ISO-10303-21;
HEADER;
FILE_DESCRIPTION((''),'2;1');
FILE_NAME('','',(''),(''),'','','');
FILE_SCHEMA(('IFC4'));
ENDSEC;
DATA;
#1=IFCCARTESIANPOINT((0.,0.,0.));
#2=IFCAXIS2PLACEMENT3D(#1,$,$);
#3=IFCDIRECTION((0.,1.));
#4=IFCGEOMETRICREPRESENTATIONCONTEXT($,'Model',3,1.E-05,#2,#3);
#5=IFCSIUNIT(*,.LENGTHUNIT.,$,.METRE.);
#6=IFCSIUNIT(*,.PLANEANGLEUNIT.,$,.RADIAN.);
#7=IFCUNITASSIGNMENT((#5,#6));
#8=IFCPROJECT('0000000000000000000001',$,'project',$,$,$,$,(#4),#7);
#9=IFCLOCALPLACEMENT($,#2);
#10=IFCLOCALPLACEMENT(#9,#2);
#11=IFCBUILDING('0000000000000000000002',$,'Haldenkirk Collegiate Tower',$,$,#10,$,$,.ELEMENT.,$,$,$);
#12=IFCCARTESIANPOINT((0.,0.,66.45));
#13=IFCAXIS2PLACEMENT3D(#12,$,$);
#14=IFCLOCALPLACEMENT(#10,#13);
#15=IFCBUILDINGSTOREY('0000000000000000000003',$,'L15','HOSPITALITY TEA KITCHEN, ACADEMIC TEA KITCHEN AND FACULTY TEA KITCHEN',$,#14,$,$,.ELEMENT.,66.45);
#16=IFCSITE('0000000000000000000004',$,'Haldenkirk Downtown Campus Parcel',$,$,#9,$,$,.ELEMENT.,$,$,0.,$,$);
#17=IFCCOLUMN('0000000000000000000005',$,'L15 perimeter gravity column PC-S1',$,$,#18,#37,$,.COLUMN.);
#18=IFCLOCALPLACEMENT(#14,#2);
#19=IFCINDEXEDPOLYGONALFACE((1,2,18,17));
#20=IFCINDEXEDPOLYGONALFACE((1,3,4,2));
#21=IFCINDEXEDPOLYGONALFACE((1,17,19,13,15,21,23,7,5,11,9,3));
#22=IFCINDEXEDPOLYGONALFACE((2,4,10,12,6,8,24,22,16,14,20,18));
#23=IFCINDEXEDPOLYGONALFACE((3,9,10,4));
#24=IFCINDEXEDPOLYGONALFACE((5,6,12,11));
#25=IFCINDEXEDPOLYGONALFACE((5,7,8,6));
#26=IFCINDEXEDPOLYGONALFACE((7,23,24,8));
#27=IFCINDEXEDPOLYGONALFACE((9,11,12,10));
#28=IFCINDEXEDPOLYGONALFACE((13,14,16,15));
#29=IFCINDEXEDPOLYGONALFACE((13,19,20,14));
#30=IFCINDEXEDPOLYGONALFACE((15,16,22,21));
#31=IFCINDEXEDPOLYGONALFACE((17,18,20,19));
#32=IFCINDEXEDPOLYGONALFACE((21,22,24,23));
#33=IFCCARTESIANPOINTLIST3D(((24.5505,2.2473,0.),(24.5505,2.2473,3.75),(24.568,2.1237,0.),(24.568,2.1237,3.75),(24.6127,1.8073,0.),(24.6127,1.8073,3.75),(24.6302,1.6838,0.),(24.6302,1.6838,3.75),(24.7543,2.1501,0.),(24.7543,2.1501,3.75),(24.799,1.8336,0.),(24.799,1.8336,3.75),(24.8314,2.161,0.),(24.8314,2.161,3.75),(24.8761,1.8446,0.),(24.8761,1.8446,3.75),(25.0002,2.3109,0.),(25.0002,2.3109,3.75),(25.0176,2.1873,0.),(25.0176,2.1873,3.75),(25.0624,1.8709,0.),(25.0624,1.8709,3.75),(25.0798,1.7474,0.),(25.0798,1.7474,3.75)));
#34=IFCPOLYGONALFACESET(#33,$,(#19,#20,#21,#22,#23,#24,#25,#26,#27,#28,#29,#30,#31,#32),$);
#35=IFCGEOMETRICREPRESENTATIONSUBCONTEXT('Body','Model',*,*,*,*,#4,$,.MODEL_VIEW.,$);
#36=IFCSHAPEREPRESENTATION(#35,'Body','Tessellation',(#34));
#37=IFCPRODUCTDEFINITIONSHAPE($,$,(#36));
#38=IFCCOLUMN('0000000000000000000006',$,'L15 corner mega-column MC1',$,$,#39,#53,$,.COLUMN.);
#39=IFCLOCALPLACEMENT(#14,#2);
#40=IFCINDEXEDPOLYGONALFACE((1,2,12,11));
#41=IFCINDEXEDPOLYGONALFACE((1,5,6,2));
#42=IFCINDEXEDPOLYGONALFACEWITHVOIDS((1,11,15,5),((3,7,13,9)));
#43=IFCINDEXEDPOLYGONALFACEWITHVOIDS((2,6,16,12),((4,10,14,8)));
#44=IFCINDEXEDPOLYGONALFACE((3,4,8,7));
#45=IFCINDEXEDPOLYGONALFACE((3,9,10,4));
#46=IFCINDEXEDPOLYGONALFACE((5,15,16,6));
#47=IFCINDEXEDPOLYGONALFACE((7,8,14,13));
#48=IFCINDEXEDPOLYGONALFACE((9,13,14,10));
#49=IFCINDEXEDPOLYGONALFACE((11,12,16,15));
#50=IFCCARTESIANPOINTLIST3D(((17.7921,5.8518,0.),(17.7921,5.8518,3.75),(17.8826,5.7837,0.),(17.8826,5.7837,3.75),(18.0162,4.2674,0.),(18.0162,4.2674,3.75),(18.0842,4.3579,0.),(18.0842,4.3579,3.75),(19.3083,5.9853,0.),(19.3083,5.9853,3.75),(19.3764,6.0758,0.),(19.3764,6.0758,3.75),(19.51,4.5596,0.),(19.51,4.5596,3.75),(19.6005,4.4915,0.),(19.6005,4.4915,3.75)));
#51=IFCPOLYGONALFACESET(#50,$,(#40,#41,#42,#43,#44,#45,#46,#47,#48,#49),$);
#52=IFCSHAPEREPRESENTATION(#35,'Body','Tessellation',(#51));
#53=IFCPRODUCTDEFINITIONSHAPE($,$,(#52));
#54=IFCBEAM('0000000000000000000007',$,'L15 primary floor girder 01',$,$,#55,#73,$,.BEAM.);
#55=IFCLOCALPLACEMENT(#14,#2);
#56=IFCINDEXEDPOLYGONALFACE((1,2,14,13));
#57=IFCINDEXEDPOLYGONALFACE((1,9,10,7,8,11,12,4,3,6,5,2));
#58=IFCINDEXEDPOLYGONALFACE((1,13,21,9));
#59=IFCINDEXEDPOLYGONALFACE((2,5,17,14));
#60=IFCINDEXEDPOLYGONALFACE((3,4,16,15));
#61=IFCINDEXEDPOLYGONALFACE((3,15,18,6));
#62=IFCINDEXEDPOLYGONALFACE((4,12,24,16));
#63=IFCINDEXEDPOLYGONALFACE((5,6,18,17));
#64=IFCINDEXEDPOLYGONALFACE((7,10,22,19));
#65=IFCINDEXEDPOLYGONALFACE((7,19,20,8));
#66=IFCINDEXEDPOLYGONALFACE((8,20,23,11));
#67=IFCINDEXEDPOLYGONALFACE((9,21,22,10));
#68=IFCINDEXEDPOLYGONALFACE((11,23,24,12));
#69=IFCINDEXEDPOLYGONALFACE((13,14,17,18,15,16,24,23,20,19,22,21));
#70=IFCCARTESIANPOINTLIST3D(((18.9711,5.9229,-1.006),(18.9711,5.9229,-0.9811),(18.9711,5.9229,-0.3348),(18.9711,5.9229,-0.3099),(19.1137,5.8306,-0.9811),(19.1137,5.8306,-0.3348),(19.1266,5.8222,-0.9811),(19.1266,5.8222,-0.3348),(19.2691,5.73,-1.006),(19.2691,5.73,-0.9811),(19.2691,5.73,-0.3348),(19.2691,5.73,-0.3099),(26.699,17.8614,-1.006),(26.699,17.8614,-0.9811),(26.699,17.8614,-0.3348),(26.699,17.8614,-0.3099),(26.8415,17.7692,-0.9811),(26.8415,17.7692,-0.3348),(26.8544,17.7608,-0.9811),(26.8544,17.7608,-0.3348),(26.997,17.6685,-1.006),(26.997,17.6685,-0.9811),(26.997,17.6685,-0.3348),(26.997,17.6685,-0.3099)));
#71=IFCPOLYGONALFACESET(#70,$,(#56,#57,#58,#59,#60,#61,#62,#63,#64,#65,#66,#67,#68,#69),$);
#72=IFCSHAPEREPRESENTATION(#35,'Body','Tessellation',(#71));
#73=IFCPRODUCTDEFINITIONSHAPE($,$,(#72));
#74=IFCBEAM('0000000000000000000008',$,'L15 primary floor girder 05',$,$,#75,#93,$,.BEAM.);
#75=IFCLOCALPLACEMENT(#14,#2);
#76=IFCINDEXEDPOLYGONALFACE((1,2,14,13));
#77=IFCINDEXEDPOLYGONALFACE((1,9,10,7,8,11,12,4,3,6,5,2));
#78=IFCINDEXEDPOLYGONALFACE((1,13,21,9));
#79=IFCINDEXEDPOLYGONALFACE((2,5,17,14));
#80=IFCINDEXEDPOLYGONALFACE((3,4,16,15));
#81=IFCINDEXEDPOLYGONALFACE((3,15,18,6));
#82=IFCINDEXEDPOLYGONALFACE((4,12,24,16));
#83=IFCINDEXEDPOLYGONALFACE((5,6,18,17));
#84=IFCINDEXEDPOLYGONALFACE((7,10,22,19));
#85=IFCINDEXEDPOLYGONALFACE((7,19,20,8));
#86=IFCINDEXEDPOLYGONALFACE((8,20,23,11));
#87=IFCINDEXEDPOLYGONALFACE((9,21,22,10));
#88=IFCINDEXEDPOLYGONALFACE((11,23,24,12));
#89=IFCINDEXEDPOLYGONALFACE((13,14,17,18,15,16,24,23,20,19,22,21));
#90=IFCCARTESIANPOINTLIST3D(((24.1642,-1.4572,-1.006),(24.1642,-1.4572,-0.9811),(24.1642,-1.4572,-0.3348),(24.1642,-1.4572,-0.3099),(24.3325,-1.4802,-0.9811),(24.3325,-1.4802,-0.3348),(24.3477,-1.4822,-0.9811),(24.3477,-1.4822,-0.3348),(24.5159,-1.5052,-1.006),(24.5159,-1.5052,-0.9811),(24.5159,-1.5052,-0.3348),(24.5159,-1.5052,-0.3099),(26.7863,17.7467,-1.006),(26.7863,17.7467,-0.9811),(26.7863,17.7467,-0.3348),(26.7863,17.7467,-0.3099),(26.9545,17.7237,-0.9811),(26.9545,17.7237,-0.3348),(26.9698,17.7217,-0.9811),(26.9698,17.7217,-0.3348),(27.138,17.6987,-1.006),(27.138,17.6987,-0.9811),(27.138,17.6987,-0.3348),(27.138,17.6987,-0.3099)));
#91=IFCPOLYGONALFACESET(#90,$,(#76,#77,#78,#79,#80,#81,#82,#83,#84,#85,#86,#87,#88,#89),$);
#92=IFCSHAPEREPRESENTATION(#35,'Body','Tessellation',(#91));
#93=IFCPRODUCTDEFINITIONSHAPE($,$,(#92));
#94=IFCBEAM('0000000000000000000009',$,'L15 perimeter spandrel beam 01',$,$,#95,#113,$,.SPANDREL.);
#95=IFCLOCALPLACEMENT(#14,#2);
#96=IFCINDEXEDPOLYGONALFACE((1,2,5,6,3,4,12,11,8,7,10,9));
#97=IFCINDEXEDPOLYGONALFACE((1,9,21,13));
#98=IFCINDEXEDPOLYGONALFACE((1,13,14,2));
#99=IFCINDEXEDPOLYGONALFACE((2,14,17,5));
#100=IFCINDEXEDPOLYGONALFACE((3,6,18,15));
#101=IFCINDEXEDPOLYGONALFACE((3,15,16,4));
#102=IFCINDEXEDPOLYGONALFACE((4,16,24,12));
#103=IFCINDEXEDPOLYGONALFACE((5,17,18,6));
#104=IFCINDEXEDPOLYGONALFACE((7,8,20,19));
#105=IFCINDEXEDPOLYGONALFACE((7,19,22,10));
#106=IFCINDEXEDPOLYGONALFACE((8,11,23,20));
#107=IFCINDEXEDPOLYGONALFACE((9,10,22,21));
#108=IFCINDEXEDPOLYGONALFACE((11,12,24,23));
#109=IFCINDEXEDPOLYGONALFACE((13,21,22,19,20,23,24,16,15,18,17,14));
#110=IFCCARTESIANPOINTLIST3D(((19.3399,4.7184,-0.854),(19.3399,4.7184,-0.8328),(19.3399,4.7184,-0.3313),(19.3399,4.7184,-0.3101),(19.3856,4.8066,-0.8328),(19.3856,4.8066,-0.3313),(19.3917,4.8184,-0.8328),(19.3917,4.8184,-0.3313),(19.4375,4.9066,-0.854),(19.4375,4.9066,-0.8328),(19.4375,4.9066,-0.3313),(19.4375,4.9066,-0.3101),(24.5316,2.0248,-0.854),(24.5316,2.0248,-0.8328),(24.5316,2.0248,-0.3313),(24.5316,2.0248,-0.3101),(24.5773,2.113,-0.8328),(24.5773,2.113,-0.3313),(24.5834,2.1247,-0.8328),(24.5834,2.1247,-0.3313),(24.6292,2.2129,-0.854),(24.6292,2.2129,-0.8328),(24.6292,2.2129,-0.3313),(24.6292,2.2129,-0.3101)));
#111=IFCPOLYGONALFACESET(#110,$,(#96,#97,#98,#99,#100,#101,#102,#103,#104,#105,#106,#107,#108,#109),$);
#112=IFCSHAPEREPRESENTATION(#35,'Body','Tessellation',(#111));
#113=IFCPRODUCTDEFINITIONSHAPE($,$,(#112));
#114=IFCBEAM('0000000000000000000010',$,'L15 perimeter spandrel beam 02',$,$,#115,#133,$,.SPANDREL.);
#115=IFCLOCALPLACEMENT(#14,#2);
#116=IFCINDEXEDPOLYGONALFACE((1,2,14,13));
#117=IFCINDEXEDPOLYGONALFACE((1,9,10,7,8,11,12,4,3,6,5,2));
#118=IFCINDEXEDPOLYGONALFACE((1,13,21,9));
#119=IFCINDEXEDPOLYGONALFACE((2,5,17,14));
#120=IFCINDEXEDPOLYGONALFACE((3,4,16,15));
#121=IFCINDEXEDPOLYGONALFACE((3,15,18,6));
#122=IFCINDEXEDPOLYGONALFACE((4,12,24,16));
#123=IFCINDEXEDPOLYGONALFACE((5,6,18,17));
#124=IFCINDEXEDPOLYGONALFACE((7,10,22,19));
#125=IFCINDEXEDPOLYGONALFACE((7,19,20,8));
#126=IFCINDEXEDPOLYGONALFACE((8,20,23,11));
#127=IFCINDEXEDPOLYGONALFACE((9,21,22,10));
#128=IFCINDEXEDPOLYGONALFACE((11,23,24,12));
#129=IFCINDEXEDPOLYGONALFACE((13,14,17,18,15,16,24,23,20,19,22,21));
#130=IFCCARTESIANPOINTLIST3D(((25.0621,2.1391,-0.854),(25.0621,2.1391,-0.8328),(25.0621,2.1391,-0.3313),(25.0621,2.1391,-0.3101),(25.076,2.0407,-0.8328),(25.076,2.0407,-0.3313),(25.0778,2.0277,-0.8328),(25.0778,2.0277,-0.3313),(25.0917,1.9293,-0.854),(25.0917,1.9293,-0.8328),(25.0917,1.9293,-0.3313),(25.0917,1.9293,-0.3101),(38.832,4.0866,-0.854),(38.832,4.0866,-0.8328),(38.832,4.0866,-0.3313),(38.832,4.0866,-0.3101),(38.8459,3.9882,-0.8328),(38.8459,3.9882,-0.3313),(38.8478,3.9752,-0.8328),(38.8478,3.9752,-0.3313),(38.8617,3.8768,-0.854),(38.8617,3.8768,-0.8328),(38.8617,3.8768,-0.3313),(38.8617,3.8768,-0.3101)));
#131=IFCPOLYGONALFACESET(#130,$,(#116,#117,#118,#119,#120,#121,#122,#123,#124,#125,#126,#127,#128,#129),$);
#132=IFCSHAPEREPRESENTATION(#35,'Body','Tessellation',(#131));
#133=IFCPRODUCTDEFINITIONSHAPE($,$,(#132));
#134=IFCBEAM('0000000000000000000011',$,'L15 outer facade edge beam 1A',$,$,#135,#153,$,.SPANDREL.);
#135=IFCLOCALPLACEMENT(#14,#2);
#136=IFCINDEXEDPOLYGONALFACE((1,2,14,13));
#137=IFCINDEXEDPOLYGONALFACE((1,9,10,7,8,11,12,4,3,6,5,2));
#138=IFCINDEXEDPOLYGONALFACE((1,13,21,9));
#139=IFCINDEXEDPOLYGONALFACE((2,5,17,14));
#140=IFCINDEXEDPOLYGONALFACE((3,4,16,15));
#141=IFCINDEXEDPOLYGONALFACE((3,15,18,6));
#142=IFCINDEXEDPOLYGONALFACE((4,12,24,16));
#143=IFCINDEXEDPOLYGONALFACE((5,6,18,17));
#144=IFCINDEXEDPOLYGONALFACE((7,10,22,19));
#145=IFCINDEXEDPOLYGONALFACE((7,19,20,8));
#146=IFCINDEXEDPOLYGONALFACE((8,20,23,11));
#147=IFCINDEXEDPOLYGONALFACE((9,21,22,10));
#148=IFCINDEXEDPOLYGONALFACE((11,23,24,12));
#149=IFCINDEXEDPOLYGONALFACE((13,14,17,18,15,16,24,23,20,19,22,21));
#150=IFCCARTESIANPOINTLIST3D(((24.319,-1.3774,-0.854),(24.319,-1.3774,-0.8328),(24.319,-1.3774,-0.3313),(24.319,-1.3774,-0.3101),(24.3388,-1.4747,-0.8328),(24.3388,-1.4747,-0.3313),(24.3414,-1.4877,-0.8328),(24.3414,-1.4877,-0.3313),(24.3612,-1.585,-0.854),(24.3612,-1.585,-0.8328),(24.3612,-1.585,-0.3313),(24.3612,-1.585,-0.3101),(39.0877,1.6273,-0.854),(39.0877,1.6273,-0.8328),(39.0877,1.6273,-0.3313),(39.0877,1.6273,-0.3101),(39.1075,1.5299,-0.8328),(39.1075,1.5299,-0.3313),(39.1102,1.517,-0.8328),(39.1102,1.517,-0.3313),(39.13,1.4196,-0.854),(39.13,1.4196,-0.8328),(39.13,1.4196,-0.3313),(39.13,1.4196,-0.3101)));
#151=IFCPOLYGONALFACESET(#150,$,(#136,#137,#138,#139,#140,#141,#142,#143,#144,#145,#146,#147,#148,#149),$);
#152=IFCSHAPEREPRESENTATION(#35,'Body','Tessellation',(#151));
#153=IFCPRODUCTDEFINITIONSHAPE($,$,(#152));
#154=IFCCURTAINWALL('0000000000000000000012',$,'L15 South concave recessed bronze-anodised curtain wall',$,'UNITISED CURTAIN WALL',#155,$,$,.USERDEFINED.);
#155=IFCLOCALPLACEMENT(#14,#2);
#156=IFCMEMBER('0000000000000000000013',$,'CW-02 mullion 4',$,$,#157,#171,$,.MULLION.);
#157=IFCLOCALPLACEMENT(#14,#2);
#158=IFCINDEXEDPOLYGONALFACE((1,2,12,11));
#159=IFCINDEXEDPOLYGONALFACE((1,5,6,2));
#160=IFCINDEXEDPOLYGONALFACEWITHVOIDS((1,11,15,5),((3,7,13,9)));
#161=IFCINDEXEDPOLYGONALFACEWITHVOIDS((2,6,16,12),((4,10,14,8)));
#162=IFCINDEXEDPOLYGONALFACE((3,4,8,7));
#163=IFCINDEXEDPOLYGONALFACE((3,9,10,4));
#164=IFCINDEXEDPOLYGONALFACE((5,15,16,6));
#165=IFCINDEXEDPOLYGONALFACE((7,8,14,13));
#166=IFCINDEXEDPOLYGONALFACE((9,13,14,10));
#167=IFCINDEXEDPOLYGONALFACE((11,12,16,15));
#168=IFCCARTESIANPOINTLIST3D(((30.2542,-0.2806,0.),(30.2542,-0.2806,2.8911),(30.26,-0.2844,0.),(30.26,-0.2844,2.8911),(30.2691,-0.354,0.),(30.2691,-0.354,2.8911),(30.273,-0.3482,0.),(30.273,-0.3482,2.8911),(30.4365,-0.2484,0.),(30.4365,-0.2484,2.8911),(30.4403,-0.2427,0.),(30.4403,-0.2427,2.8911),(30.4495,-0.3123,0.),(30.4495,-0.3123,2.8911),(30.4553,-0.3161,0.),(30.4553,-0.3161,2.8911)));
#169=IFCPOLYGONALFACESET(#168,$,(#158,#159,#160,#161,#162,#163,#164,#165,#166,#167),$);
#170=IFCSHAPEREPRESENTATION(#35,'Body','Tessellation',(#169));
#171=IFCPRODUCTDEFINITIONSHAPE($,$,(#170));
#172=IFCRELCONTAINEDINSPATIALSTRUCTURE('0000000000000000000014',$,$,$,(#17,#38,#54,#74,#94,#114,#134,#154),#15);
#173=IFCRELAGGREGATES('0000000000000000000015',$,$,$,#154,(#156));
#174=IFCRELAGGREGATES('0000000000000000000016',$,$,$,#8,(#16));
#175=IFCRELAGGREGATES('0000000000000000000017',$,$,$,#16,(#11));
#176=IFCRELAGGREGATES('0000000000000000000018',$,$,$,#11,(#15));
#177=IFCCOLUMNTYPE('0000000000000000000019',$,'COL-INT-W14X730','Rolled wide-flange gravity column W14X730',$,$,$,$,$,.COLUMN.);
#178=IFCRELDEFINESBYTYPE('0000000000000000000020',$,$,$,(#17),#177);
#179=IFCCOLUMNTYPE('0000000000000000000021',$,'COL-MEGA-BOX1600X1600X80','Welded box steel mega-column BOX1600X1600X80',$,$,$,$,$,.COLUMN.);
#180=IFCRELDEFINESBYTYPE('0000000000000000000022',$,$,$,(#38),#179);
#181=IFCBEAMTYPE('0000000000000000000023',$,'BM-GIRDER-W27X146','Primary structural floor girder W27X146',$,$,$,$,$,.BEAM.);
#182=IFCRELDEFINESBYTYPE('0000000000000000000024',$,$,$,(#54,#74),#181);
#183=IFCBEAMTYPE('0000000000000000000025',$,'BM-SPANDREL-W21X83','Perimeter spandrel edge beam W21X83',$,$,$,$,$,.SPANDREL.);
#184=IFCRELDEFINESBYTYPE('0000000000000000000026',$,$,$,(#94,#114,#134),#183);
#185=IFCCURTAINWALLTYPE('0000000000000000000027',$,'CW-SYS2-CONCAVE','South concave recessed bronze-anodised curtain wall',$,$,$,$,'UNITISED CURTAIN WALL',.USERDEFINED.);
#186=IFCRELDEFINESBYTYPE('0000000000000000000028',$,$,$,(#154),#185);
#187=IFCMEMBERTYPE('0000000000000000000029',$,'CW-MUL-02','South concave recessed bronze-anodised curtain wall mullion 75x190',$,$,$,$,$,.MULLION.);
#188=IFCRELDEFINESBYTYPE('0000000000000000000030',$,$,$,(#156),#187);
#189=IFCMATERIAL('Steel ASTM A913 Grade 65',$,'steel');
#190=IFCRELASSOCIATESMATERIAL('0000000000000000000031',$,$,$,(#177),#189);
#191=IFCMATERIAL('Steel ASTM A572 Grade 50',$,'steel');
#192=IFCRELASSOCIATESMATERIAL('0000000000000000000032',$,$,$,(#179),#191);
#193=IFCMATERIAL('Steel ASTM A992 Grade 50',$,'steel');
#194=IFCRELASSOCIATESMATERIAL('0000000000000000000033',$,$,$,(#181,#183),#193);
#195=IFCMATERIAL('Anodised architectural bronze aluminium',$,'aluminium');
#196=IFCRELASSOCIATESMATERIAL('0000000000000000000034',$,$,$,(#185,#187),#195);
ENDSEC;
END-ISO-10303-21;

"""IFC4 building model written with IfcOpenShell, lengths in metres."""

from ifc_helpers import new_model, si_unit, direction, frame, origin, origin_2d, place, context, subcontext, project, spatial, hollow_rectangle, i_section, extrude, material, material_profile, profile_set, type_object, element, aggregate, save


model = new_model("IFC4")

# Units and contexts
model_context = context("Model", 3, precision=1e-05, world=origin(), true_north=direction((0.0, 1.0)))
body_context = subcontext(model_context, "Body", "Model", "MODEL_VIEW")
ifc_project = project(units=[si_unit("LENGTHUNIT", "METRE"), si_unit("PLANEANGLEUNIT", "RADIAN")], contexts=[model_context])

# Site, building, storey
site_placement = place(None, origin())
site = spatial("IfcSite", under=ifc_project, at=site_placement, Name="Haldenkirk Downtown Campus Parcel", CompositionType="ELEMENT", RefElevation=0.0)
building_placement = place(site_placement, origin())
building = spatial("IfcBuilding", under=site, at=building_placement, Name="Haldenkirk Collegiate Tower", CompositionType="ELEMENT")
storey_placement = place(building_placement, frame((0.0, 0.0, 66.45)))
storey = spatial("IfcBuildingStorey", under=building, at=storey_placement, Name="L15", Description="HOSPITALITY TEA KITCHEN, ACADEMIC TEA KITCHEN AND FACULTY TEA KITCHEN", CompositionType="ELEMENT", Elevation=66.45)

# Columns
ifc_material_1 = material(Name="Steel ASTM A913 Grade 65", Category="steel")
ifc_material_profile_1 = material_profile(ifc_material_1, i_section(OverallWidth=0.4541, OverallDepth=0.5691, WebThickness=0.0779, FlangeThickness=0.1248, at=origin_2d()), Name="W14X730")
ifc_profile_set_1 = profile_set([ifc_material_profile_1], Name="Steel ASTM A913 Grade 65")
column_type_1 = type_object("IfcColumnType", Name="COL-INT-W14X730", Description="Rolled wide-flange gravity column W14X730", PredefinedType="COLUMN", material=ifc_profile_set_1)
column_1_placement = place(storey_placement, frame((24.8152, 1.9973, 0.0), z_axis=(0.0, 0.0, 1.0), x_axis=(0.990146, 0.140037, 0.0)))
element("IfcColumn", 1, at=column_1_placement, inside=storey, type_object=column_type_1, Name="L15 perimeter gravity column PC-S1", PredefinedType="COLUMN", context=body_context, shape_type="SweptSolid", body=[
    extrude(i_section(OverallWidth=0.4541, OverallDepth=0.5691, WebThickness=0.0779, FlangeThickness=0.1248, at=origin_2d()), origin(), (0.0, 0.0, 1.0), 3.75),
])
ifc_material_2 = material(Name="Steel ASTM A572 Grade 50", Category="steel")
ifc_material_profile_2 = material_profile(ifc_material_2, hollow_rectangle(XDim=1.6001, YDim=1.6001, WallThickness=0.0801, at=origin_2d()), Name="BOX1600X1600X80")
ifc_profile_set_2 = profile_set([ifc_material_profile_2], Name="Steel ASTM A572 Grade 50")
column_type_2 = type_object("IfcColumnType", Name="COL-MEGA-BOX1600X1600X80", Description="Welded box steel mega-column BOX1600X1600X80", PredefinedType="COLUMN", material=ifc_profile_set_2)
column_2_placement = place(storey_placement, frame((18.6963, 5.1716, 0.0), z_axis=(0.0, 0.0, 1.0), x_axis=(0.990146, 0.140037, 0.0)))
element("IfcColumn", 2, at=column_2_placement, inside=storey, type_object=column_type_2, Name="L15 corner mega-column MC1", PredefinedType="COLUMN", context=body_context, shape_type="SweptSolid", body=[
    extrude(hollow_rectangle(XDim=1.6001, YDim=1.6001, WallThickness=0.0801, at=origin_2d()), origin(), (0.0, 0.0, 1.0), 3.75),
])

# Beams
ifc_material_3 = material(Name="Steel ASTM A992 Grade 50", Category="steel")
ifc_material_profile_3 = material_profile(ifc_material_3, i_section(OverallWidth=0.355, OverallDepth=0.696, WebThickness=0.0154, FlangeThickness=0.0249, at=origin_2d()), Name="W27X146")
ifc_profile_set_3 = profile_set([ifc_material_profile_3], Name="Steel ASTM A992 Grade 50")
beam_type_1 = type_object("IfcBeamType", Name="BM-GIRDER-W27X146", Description="Primary structural floor girder W27X146", PredefinedType="BEAM", material=ifc_profile_set_3)
beam_1_placement = place(storey_placement, frame((19.1201, 5.8264, -0.658), z_axis=(0.543394, 0.839478, 0.0), x_axis=(-0.839478, 0.543394, 0.0)))
element("IfcBeam", 3, at=beam_1_placement, inside=storey, type_object=beam_type_1, Name="L15 primary floor girder 01", PredefinedType="BEAM", context=body_context, shape_type="SweptSolid", body=[
    extrude(i_section(OverallWidth=0.355, OverallDepth=0.696, WebThickness=0.0154, FlangeThickness=0.0249, at=origin_2d()), origin(), (0.0, 0.0, 1.0), 14.2214),
])
beam_2_placement = place(storey_placement, frame((24.3401, -1.4812, -0.658), z_axis=(0.135284, 0.990807, 0.0), x_axis=(-0.990807, 0.135284, 0.0)))
element("IfcBeam", 4, at=beam_2_placement, inside=storey, type_object=beam_type_1, Name="L15 primary floor girder 05", PredefinedType="BEAM", context=body_context, shape_type="SweptSolid", body=[
    extrude(i_section(OverallWidth=0.355, OverallDepth=0.696, WebThickness=0.0154, FlangeThickness=0.0249, at=origin_2d()), origin(), (0.0, 0.0, 1.0), 19.3821),
])
ifc_material_profile_4 = material_profile(ifc_material_3, i_section(OverallWidth=0.2119, OverallDepth=0.5439, WebThickness=0.0132, FlangeThickness=0.0212, at=origin_2d()), Name="W21X83")
ifc_profile_set_4 = profile_set([ifc_material_profile_4], Name="Steel ASTM A992 Grade 50")
beam_type_2 = type_object("IfcBeamType", Name="BM-SPANDREL-W21X83", Description="Perimeter spandrel edge beam W21X83", PredefinedType="SPANDREL", material=ifc_profile_set_4)
beam_3_placement = place(storey_placement, frame((19.3887, 4.8125, -0.582), z_axis=(0.88764, -0.460538, 0.0), x_axis=(0.460538, 0.88764, 0.0)))
element("IfcBeam", 5, at=beam_3_placement, inside=storey, type_object=beam_type_2, Name="L15 perimeter spandrel beam 01", PredefinedType="SPANDREL", context=body_context, shape_type="SweptSolid", body=[
    extrude(i_section(OverallWidth=0.2119, OverallDepth=0.5439, WebThickness=0.0132, FlangeThickness=0.0212, at=origin_2d()), origin(), (0.0, 0.0, 1.0), 5.8489),
])
beam_4_placement = place(storey_placement, frame((25.0769, 2.0342, -0.582), z_axis=(0.990146, 0.140038, 0.0), x_axis=(-0.140038, 0.990146, 0.0)))
element("IfcBeam", 6, at=beam_4_placement, inside=storey, type_object=beam_type_2, Name="L15 perimeter spandrel beam 02", PredefinedType="SPANDREL", context=body_context, shape_type="SweptSolid", body=[
    extrude(i_section(OverallWidth=0.2119, OverallDepth=0.5439, WebThickness=0.0132, FlangeThickness=0.0212, at=origin_2d()), origin(), (0.0, 0.0, 1.0), 13.907),
])
beam_5_placement = place(storey_placement, frame((24.3401, -1.4812, -0.582), z_axis=(0.979926, 0.199361, 0.0), x_axis=(-0.199361, 0.979926, 0.0)))
element("IfcBeam", 7, at=beam_5_placement, inside=storey, type_object=beam_type_2, Name="L15 outer facade edge beam 1A", PredefinedType="SPANDREL", context=body_context, shape_type="SweptSolid", body=[
    extrude(i_section(OverallWidth=0.2119, OverallDepth=0.5439, WebThickness=0.0132, FlangeThickness=0.0212, at=origin_2d()), origin(), (0.0, 0.0, 1.0), 15.0713),
])

# Curtain wall, member
ifc_material_4 = material(Name="Anodised architectural bronze aluminium", Category="aluminium")
curtain_wall_type = type_object("IfcCurtainWallType", Name="CW-SYS2-CONCAVE", Description="South concave recessed bronze-anodised curtain wall", ElementType="UNITISED CURTAIN WALL", PredefinedType="USERDEFINED", material=ifc_material_4)
curtain_wall_placement = place(storey_placement, origin())
curtain_wall = element("IfcCurtainWall", 8, at=curtain_wall_placement, inside=storey, type_object=curtain_wall_type, Name="L15 South concave recessed bronze-anodised curtain wall", ObjectType="UNITISED CURTAIN WALL", PredefinedType="USERDEFINED")
ifc_material_profile_5 = material_profile(ifc_material_4, hollow_rectangle(XDim=0.075, YDim=0.1899, WallThickness=0.0049, at=origin_2d()), Name="CW-MUL-02")
ifc_profile_set_5 = profile_set([ifc_material_profile_5], Name="Anodised architectural bronze aluminium")
member_type_1 = type_object("IfcMemberType", Name="CW-MUL-02", Description="South concave recessed bronze-anodised curtain wall mullion 75x190", PredefinedType="MULLION", material=ifc_profile_set_5)
member_1_placement = place(storey_placement, frame((30.3547, -0.2983, 0.0), z_axis=(0.0, 0.0, 1.0), x_axis=(0.199369, -0.979925, 0.0)))
member_1 = element("IfcMember", 9, at=member_1_placement, type_object=member_type_1, Name="CW-02 mullion 4", PredefinedType="MULLION", context=body_context, shape_type="SweptSolid", body=[
    extrude(hollow_rectangle(XDim=0.075, YDim=0.1899, WallThickness=0.0049, at=origin_2d()), origin(), (0.0, 0.0, 1.0), 2.8911),
])
aggregate(curtain_wall, [member_1])

save(model, "model.ifc")
